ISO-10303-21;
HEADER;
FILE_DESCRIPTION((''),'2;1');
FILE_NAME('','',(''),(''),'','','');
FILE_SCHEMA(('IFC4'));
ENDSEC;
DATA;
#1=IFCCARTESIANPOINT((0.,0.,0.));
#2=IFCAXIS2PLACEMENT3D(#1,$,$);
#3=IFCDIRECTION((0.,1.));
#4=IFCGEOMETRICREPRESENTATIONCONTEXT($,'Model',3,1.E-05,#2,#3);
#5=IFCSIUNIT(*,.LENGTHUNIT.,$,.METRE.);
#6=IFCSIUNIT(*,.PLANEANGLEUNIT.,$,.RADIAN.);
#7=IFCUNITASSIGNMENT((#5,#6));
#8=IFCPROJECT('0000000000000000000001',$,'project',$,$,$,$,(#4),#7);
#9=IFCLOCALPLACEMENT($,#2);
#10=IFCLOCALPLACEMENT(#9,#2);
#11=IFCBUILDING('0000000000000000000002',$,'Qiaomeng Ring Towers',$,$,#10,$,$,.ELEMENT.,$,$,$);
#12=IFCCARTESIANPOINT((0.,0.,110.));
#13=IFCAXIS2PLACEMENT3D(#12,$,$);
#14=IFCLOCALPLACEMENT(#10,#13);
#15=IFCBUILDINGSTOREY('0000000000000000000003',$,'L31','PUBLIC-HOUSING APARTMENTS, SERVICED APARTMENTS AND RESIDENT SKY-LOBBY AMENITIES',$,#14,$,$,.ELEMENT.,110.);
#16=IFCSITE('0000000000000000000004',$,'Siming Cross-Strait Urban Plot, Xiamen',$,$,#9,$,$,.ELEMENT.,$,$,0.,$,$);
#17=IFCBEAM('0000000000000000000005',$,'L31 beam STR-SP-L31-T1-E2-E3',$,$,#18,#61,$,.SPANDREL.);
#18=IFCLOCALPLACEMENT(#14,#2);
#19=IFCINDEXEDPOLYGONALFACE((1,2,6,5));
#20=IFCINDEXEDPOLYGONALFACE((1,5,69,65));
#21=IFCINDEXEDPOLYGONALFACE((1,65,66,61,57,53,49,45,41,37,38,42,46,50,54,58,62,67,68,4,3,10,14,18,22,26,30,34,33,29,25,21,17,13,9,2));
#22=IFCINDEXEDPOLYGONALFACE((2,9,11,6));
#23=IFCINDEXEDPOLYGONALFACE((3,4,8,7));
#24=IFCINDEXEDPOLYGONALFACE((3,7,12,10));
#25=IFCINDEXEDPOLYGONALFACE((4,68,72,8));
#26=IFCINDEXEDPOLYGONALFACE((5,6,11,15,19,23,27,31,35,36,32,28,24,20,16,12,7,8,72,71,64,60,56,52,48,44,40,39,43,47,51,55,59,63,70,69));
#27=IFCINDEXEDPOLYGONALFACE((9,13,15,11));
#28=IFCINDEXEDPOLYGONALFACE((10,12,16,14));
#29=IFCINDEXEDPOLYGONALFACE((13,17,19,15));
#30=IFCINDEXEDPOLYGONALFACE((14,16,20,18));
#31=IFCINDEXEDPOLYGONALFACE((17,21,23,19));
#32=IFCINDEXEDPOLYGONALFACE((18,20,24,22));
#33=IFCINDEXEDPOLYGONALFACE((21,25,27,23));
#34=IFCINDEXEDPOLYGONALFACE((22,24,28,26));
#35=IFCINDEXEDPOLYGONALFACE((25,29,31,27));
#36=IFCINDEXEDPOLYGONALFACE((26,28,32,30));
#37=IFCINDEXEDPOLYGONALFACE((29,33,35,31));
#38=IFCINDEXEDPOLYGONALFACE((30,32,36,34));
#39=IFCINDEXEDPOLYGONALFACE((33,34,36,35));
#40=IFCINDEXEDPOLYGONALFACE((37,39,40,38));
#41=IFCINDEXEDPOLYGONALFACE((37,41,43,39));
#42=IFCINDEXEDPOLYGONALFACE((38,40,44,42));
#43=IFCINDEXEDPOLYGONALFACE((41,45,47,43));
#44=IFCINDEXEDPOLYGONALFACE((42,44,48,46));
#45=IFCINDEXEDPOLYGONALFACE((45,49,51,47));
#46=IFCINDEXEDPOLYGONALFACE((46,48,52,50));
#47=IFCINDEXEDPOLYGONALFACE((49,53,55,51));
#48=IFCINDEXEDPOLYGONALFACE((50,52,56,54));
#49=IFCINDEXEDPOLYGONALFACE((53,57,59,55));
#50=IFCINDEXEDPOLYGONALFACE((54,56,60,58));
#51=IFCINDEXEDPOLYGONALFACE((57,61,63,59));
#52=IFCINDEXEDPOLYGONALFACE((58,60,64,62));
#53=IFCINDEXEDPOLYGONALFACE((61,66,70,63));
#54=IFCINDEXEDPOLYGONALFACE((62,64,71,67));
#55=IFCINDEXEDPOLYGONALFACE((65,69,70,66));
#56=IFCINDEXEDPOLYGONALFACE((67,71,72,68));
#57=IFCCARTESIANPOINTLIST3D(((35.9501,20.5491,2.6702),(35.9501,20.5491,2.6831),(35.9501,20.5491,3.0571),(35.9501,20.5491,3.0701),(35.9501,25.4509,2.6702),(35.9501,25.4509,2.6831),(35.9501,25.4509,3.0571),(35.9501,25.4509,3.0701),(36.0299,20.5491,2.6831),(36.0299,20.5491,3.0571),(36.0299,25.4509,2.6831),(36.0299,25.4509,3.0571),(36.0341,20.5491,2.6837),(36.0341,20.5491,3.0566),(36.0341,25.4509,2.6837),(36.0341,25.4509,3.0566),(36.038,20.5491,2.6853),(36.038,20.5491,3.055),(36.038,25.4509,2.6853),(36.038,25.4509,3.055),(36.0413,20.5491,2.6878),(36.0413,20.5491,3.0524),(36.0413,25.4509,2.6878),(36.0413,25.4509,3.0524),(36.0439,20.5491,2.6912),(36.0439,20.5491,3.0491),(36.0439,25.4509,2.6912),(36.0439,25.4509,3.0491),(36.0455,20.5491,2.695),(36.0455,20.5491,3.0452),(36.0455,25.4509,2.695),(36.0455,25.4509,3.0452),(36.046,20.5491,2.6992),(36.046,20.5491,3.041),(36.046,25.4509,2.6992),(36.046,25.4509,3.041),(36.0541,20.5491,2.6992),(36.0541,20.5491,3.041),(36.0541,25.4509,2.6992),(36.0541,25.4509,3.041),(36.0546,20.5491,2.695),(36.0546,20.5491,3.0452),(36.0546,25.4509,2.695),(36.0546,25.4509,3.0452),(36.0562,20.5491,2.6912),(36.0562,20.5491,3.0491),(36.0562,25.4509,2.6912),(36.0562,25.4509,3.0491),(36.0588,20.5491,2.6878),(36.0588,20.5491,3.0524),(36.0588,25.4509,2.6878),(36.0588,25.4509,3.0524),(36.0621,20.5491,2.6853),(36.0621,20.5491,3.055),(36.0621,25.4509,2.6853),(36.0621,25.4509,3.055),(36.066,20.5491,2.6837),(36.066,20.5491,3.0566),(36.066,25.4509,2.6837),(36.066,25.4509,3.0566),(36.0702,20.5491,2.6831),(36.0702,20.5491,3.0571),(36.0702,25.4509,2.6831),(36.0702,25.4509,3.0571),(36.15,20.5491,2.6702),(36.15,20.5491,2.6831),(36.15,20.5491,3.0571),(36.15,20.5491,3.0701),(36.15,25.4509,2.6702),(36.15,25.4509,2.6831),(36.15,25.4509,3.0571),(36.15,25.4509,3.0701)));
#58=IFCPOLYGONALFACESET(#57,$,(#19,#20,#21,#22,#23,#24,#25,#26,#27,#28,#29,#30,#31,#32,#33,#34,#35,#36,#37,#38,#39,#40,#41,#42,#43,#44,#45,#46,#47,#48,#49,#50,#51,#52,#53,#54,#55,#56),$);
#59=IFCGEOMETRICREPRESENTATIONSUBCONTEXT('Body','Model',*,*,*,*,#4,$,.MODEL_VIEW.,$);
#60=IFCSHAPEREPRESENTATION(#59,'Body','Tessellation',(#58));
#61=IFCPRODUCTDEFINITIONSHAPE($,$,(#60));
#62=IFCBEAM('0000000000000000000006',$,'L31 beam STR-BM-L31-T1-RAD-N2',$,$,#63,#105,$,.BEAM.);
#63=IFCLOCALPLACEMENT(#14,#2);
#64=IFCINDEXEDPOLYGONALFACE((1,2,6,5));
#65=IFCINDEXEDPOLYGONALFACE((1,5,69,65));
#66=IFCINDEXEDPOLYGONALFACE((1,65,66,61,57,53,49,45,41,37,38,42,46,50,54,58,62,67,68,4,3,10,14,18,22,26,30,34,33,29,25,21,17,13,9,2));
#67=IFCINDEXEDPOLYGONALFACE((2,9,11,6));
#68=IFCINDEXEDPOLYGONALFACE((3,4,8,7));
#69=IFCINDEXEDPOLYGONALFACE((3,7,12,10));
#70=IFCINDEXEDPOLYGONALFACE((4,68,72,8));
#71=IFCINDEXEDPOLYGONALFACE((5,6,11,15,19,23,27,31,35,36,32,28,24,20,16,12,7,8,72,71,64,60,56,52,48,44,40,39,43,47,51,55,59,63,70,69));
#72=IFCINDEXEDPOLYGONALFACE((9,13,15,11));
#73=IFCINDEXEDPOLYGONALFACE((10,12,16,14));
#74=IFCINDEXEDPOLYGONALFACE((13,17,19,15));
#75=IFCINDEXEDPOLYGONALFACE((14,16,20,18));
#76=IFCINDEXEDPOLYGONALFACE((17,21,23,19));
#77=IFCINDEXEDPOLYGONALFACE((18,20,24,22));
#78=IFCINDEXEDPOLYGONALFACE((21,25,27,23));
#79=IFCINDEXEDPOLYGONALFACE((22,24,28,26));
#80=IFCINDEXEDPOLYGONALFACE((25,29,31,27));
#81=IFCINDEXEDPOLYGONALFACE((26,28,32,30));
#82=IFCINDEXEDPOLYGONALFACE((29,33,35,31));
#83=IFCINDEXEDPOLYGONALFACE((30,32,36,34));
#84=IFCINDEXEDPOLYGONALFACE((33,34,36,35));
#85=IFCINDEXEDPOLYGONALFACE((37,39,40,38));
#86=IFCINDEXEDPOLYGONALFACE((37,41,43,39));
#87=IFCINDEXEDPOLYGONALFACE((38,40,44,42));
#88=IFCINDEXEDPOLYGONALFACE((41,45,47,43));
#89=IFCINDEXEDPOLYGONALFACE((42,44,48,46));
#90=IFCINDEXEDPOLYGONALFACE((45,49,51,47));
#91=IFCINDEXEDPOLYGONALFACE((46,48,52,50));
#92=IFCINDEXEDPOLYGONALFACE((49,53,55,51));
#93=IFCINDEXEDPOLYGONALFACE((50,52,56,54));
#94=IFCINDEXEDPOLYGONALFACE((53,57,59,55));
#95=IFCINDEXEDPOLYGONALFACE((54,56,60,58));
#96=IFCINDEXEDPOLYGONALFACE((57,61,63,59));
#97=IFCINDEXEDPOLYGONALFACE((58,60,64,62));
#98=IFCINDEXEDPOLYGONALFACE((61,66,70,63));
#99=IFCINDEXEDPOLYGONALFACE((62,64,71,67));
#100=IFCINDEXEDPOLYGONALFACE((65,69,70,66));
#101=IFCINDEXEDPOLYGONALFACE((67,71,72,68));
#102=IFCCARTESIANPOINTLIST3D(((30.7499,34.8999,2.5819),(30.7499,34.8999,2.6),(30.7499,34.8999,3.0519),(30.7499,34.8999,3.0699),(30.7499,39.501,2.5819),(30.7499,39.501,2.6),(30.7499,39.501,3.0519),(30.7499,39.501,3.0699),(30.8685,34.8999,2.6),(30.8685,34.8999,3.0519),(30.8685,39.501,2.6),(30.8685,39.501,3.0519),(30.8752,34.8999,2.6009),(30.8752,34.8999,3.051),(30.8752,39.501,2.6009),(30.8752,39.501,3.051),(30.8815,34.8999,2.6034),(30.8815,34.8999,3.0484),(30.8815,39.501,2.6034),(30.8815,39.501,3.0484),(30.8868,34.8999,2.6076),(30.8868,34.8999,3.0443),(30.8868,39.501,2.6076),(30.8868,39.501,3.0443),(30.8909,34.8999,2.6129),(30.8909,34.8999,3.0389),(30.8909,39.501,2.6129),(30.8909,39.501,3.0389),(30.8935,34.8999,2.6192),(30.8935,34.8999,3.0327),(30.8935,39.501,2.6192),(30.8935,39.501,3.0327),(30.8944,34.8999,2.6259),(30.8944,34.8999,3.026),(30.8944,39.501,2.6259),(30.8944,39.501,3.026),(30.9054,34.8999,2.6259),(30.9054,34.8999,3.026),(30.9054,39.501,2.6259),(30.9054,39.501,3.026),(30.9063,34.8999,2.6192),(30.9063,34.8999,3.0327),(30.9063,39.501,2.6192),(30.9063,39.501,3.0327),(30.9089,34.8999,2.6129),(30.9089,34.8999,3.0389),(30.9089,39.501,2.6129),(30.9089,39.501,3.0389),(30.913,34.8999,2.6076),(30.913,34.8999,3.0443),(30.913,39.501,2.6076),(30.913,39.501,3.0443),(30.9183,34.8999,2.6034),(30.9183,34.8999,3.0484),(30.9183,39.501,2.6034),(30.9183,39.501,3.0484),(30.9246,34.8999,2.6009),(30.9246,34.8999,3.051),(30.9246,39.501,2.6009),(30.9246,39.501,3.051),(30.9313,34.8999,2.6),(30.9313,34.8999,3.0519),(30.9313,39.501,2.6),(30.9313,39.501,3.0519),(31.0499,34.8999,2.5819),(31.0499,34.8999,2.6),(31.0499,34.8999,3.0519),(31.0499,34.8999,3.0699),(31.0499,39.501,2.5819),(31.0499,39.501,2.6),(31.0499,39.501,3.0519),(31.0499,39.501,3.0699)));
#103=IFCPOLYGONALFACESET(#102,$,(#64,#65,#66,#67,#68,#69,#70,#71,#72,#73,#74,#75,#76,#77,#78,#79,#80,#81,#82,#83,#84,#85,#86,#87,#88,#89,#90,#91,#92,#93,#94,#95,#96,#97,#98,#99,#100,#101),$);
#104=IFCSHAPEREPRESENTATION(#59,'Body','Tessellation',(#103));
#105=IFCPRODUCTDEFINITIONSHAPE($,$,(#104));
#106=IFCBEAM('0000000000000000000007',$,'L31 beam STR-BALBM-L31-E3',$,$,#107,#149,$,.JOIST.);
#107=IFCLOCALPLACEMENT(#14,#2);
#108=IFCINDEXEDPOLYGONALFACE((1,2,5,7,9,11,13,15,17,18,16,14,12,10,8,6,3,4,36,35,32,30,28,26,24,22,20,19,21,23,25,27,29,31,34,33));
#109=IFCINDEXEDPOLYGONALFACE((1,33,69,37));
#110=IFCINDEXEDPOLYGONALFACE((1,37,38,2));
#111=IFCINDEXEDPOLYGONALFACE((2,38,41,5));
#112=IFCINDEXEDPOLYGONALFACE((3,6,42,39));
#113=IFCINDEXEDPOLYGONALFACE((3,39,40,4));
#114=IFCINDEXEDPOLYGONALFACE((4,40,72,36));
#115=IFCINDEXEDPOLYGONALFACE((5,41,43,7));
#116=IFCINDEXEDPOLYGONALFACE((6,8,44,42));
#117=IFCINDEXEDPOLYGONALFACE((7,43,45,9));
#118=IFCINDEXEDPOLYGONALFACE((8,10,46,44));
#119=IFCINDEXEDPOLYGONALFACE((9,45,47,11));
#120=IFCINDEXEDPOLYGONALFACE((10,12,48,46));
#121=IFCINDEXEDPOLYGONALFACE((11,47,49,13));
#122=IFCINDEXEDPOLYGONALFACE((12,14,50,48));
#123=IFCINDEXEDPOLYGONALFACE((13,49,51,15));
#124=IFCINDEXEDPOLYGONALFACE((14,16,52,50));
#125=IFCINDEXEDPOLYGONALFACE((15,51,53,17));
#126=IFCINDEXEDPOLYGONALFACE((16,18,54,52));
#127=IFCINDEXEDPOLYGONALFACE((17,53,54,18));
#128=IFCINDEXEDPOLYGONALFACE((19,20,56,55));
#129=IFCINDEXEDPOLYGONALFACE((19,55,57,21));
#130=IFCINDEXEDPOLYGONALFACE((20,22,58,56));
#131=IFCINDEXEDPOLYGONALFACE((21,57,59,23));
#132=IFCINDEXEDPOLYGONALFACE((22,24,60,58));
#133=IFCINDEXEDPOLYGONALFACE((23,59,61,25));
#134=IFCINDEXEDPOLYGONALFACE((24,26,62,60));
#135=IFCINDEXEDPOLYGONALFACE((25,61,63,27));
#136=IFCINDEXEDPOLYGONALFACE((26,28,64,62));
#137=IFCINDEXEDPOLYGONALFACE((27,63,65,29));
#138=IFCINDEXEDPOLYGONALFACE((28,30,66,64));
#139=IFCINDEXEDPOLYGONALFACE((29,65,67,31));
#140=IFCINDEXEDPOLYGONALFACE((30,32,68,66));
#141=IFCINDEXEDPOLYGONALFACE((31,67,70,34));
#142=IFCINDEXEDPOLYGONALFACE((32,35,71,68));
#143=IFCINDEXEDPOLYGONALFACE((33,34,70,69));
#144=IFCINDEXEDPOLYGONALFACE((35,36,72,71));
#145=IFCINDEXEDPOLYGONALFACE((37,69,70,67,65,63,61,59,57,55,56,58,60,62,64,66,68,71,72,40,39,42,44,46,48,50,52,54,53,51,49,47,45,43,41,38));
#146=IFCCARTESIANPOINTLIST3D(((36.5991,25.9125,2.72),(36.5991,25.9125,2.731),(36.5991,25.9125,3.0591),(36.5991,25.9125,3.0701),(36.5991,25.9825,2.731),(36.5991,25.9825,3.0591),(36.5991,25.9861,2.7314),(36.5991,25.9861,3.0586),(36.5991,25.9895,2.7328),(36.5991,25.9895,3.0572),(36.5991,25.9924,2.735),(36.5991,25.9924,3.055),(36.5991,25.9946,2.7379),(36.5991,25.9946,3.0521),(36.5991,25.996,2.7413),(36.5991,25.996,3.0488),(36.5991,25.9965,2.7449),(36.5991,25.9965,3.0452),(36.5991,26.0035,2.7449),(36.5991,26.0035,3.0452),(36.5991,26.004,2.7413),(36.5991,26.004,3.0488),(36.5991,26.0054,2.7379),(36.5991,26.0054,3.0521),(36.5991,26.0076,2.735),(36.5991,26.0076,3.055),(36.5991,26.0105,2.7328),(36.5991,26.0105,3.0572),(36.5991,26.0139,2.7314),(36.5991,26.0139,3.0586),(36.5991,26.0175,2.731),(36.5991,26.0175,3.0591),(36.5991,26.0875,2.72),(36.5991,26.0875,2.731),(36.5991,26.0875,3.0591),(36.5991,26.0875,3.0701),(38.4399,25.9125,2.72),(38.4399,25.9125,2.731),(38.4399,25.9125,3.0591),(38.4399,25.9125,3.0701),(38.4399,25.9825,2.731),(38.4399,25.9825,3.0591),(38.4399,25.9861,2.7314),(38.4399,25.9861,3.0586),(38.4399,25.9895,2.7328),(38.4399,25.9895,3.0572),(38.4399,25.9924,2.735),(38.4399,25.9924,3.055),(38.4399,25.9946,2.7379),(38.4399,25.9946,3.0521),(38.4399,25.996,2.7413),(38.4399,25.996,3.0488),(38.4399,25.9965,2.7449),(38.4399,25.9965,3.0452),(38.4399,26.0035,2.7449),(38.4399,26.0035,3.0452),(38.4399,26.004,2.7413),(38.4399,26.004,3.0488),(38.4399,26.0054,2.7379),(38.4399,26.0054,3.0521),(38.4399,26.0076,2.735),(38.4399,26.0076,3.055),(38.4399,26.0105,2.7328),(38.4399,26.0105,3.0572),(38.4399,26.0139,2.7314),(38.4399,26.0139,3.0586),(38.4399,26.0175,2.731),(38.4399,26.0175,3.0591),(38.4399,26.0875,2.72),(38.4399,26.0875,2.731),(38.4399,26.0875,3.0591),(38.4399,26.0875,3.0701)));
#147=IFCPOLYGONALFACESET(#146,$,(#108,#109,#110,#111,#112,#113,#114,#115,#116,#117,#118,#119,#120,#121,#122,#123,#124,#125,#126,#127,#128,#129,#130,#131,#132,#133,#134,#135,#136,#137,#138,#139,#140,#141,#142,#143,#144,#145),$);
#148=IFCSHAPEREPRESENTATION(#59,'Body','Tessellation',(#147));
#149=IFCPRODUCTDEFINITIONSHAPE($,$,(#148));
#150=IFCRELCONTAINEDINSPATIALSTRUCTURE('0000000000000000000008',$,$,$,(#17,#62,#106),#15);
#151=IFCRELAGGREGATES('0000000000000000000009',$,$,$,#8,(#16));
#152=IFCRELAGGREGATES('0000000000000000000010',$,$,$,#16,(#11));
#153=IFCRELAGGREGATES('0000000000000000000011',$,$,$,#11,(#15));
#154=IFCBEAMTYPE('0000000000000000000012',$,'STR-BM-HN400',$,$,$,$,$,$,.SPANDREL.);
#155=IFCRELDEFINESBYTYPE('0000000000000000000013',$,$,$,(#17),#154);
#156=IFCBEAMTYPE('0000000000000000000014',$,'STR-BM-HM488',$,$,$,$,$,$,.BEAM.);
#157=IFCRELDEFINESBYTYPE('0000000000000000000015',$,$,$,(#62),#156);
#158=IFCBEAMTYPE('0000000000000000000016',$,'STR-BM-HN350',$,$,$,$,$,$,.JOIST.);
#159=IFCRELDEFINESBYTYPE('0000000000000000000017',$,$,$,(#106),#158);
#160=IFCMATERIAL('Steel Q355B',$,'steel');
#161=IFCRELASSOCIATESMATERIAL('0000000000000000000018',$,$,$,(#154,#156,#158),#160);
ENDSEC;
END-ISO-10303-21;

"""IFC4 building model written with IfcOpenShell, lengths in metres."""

from ifc_helpers import new_model, si_unit, direction, frame, origin, origin_2d, place, context, subcontext, project, spatial, i_section, extrude, source, transform, mapped, material, material_profile, profile_set, type_object, element, save


model = new_model("IFC4")

# Units and contexts
model_context = context("Model", 3, precision=1e-05, world=origin(), true_north=direction((0.0, 1.0)))
body_context = subcontext(model_context, "Body", "Model", "MODEL_VIEW")
ifc_project = project(units=[si_unit("LENGTHUNIT", "METRE"), si_unit("PLANEANGLEUNIT", "RADIAN")], contexts=[model_context])

# Site, building, storey
site_placement = place(None, origin())
site = spatial("IfcSite", under=ifc_project, at=site_placement, Name="Siming Cross-Strait Urban Plot, Xiamen", CompositionType="ELEMENT", RefElevation=0.0)
building_placement = place(site_placement, origin())
building = spatial("IfcBuilding", under=site, at=building_placement, Name="Qiaomeng Ring Towers", CompositionType="ELEMENT")
storey_placement = place(building_placement, frame((0.0, 0.0, 110.0)))
storey = spatial("IfcBuildingStorey", under=building, at=storey_placement, Name="L31", Description="PUBLIC-HOUSING APARTMENTS, SERVICED APARTMENTS AND RESIDENT SKY-LOBBY AMENITIES", CompositionType="ELEMENT", Elevation=110.0)

# Beams
ifc_material_1 = material(Name="Steel Q355B", Category="steel")
ifc_material_profile_1 = material_profile(ifc_material_1, i_section(OverallWidth=0.2, OverallDepth=0.3999, WebThickness=0.0081, FlangeThickness=0.0129, FilletRadius=0.0161, at=origin_2d()), Name="HN 400x200x8x13")
ifc_profile_set_1 = profile_set([ifc_material_profile_1], Name="Steel Q355B")
beam_type_1 = type_object("IfcBeamType", Name="STR-BM-HN400", PredefinedType="SPANDREL", material=ifc_profile_set_1)
shared_shape_1 = source(origin(), body_context, "Body", "SweptSolid", [
    extrude(i_section(OverallWidth=0.2, OverallDepth=0.3999, WebThickness=0.0081, FlangeThickness=0.0129, FilletRadius=0.0161, at=origin_2d()), origin(), (0.0, 0.0, 1.0), 4.9019),
])
beam_1_placement = place(storey_placement, frame((36.05, 20.5491, 2.8701), z_axis=(0.0, 1.0, 0.0), x_axis=(-1.0, 0.0, 0.0)))
element("IfcBeam", 1, at=beam_1_placement, inside=storey, type_object=beam_type_1, Name="L31 beam STR-SP-L31-T1-E2-E3", PredefinedType="SPANDREL", context=body_context, shape_type="MappedRepresentation", body=[
    mapped(shared_shape_1, transform((0.0, 0.0, 0.0), x_axis=(1.0, 0.0, 0.0), y_axis=(0.0, 1.0, 0.0), z_axis=(0.0, 0.0, 1.0), scale=1.0)),
])
ifc_material_profile_2 = material_profile(ifc_material_1, i_section(OverallWidth=0.3, OverallDepth=0.488, WebThickness=0.011, FlangeThickness=0.0181, FilletRadius=0.0259, at=origin_2d()), Name="HM 488x300x11x18")
ifc_profile_set_2 = profile_set([ifc_material_profile_2], Name="Steel Q355B")
beam_type_2 = type_object("IfcBeamType", Name="STR-BM-HM488", PredefinedType="BEAM", material=ifc_profile_set_2)
shared_shape_2 = source(origin(), body_context, "Body", "SweptSolid", [
    extrude(i_section(OverallWidth=0.3, OverallDepth=0.488, WebThickness=0.011, FlangeThickness=0.0181, FilletRadius=0.0259, at=origin_2d()), origin(), (0.0, 0.0, 1.0), 4.6011),
])
beam_2_placement = place(storey_placement, frame((30.8999, 39.501, 2.8259), z_axis=(0.0, -1.0, 0.0), x_axis=(1.0, 0.0, 0.0)))
element("IfcBeam", 2, at=beam_2_placement, inside=storey, type_object=beam_type_2, Name="L31 beam STR-BM-L31-T1-RAD-N2", PredefinedType="BEAM", context=body_context, shape_type="MappedRepresentation", body=[
    mapped(shared_shape_2, transform((0.0, 0.0, 0.0), x_axis=(1.0, 0.0, 0.0), y_axis=(0.0, 1.0, 0.0), z_axis=(0.0, 0.0, 1.0), scale=1.0)),
])
ifc_material_profile_3 = material_profile(ifc_material_1, i_section(OverallWidth=0.175, OverallDepth=0.3501, WebThickness=0.0071, FlangeThickness=0.011, FilletRadius=0.0139, at=origin_2d()), Name="HN 350x175x7x11")
ifc_profile_set_3 = profile_set([ifc_material_profile_3], Name="Steel Q355B")
beam_type_3 = type_object("IfcBeamType", Name="STR-BM-HN350", PredefinedType="JOIST", material=ifc_profile_set_3)
shared_shape_3 = source(origin(), body_context, "Body", "SweptSolid", [
    extrude(i_section(OverallWidth=0.175, OverallDepth=0.3501, WebThickness=0.0071, FlangeThickness=0.011, FilletRadius=0.0139, at=origin_2d()), origin(), (0.0, 0.0, 1.0), 1.8408),
])
beam_3_placement = place(storey_placement, frame((36.5991, 26.0, 2.895), z_axis=(1.0, 0.0, 0.0), x_axis=(0.0, 1.0, 0.0)))
element("IfcBeam", 3, at=beam_3_placement, inside=storey, type_object=beam_type_3, Name="L31 beam STR-BALBM-L31-E3", PredefinedType="JOIST", context=body_context, shape_type="MappedRepresentation", body=[
    mapped(shared_shape_3, transform((0.0, 0.0, 0.0), x_axis=(1.0, 0.0, 0.0), y_axis=(0.0, 1.0, 0.0), z_axis=(0.0, 0.0, 1.0), scale=1.0)),
])

save(model, "model.ifc")
